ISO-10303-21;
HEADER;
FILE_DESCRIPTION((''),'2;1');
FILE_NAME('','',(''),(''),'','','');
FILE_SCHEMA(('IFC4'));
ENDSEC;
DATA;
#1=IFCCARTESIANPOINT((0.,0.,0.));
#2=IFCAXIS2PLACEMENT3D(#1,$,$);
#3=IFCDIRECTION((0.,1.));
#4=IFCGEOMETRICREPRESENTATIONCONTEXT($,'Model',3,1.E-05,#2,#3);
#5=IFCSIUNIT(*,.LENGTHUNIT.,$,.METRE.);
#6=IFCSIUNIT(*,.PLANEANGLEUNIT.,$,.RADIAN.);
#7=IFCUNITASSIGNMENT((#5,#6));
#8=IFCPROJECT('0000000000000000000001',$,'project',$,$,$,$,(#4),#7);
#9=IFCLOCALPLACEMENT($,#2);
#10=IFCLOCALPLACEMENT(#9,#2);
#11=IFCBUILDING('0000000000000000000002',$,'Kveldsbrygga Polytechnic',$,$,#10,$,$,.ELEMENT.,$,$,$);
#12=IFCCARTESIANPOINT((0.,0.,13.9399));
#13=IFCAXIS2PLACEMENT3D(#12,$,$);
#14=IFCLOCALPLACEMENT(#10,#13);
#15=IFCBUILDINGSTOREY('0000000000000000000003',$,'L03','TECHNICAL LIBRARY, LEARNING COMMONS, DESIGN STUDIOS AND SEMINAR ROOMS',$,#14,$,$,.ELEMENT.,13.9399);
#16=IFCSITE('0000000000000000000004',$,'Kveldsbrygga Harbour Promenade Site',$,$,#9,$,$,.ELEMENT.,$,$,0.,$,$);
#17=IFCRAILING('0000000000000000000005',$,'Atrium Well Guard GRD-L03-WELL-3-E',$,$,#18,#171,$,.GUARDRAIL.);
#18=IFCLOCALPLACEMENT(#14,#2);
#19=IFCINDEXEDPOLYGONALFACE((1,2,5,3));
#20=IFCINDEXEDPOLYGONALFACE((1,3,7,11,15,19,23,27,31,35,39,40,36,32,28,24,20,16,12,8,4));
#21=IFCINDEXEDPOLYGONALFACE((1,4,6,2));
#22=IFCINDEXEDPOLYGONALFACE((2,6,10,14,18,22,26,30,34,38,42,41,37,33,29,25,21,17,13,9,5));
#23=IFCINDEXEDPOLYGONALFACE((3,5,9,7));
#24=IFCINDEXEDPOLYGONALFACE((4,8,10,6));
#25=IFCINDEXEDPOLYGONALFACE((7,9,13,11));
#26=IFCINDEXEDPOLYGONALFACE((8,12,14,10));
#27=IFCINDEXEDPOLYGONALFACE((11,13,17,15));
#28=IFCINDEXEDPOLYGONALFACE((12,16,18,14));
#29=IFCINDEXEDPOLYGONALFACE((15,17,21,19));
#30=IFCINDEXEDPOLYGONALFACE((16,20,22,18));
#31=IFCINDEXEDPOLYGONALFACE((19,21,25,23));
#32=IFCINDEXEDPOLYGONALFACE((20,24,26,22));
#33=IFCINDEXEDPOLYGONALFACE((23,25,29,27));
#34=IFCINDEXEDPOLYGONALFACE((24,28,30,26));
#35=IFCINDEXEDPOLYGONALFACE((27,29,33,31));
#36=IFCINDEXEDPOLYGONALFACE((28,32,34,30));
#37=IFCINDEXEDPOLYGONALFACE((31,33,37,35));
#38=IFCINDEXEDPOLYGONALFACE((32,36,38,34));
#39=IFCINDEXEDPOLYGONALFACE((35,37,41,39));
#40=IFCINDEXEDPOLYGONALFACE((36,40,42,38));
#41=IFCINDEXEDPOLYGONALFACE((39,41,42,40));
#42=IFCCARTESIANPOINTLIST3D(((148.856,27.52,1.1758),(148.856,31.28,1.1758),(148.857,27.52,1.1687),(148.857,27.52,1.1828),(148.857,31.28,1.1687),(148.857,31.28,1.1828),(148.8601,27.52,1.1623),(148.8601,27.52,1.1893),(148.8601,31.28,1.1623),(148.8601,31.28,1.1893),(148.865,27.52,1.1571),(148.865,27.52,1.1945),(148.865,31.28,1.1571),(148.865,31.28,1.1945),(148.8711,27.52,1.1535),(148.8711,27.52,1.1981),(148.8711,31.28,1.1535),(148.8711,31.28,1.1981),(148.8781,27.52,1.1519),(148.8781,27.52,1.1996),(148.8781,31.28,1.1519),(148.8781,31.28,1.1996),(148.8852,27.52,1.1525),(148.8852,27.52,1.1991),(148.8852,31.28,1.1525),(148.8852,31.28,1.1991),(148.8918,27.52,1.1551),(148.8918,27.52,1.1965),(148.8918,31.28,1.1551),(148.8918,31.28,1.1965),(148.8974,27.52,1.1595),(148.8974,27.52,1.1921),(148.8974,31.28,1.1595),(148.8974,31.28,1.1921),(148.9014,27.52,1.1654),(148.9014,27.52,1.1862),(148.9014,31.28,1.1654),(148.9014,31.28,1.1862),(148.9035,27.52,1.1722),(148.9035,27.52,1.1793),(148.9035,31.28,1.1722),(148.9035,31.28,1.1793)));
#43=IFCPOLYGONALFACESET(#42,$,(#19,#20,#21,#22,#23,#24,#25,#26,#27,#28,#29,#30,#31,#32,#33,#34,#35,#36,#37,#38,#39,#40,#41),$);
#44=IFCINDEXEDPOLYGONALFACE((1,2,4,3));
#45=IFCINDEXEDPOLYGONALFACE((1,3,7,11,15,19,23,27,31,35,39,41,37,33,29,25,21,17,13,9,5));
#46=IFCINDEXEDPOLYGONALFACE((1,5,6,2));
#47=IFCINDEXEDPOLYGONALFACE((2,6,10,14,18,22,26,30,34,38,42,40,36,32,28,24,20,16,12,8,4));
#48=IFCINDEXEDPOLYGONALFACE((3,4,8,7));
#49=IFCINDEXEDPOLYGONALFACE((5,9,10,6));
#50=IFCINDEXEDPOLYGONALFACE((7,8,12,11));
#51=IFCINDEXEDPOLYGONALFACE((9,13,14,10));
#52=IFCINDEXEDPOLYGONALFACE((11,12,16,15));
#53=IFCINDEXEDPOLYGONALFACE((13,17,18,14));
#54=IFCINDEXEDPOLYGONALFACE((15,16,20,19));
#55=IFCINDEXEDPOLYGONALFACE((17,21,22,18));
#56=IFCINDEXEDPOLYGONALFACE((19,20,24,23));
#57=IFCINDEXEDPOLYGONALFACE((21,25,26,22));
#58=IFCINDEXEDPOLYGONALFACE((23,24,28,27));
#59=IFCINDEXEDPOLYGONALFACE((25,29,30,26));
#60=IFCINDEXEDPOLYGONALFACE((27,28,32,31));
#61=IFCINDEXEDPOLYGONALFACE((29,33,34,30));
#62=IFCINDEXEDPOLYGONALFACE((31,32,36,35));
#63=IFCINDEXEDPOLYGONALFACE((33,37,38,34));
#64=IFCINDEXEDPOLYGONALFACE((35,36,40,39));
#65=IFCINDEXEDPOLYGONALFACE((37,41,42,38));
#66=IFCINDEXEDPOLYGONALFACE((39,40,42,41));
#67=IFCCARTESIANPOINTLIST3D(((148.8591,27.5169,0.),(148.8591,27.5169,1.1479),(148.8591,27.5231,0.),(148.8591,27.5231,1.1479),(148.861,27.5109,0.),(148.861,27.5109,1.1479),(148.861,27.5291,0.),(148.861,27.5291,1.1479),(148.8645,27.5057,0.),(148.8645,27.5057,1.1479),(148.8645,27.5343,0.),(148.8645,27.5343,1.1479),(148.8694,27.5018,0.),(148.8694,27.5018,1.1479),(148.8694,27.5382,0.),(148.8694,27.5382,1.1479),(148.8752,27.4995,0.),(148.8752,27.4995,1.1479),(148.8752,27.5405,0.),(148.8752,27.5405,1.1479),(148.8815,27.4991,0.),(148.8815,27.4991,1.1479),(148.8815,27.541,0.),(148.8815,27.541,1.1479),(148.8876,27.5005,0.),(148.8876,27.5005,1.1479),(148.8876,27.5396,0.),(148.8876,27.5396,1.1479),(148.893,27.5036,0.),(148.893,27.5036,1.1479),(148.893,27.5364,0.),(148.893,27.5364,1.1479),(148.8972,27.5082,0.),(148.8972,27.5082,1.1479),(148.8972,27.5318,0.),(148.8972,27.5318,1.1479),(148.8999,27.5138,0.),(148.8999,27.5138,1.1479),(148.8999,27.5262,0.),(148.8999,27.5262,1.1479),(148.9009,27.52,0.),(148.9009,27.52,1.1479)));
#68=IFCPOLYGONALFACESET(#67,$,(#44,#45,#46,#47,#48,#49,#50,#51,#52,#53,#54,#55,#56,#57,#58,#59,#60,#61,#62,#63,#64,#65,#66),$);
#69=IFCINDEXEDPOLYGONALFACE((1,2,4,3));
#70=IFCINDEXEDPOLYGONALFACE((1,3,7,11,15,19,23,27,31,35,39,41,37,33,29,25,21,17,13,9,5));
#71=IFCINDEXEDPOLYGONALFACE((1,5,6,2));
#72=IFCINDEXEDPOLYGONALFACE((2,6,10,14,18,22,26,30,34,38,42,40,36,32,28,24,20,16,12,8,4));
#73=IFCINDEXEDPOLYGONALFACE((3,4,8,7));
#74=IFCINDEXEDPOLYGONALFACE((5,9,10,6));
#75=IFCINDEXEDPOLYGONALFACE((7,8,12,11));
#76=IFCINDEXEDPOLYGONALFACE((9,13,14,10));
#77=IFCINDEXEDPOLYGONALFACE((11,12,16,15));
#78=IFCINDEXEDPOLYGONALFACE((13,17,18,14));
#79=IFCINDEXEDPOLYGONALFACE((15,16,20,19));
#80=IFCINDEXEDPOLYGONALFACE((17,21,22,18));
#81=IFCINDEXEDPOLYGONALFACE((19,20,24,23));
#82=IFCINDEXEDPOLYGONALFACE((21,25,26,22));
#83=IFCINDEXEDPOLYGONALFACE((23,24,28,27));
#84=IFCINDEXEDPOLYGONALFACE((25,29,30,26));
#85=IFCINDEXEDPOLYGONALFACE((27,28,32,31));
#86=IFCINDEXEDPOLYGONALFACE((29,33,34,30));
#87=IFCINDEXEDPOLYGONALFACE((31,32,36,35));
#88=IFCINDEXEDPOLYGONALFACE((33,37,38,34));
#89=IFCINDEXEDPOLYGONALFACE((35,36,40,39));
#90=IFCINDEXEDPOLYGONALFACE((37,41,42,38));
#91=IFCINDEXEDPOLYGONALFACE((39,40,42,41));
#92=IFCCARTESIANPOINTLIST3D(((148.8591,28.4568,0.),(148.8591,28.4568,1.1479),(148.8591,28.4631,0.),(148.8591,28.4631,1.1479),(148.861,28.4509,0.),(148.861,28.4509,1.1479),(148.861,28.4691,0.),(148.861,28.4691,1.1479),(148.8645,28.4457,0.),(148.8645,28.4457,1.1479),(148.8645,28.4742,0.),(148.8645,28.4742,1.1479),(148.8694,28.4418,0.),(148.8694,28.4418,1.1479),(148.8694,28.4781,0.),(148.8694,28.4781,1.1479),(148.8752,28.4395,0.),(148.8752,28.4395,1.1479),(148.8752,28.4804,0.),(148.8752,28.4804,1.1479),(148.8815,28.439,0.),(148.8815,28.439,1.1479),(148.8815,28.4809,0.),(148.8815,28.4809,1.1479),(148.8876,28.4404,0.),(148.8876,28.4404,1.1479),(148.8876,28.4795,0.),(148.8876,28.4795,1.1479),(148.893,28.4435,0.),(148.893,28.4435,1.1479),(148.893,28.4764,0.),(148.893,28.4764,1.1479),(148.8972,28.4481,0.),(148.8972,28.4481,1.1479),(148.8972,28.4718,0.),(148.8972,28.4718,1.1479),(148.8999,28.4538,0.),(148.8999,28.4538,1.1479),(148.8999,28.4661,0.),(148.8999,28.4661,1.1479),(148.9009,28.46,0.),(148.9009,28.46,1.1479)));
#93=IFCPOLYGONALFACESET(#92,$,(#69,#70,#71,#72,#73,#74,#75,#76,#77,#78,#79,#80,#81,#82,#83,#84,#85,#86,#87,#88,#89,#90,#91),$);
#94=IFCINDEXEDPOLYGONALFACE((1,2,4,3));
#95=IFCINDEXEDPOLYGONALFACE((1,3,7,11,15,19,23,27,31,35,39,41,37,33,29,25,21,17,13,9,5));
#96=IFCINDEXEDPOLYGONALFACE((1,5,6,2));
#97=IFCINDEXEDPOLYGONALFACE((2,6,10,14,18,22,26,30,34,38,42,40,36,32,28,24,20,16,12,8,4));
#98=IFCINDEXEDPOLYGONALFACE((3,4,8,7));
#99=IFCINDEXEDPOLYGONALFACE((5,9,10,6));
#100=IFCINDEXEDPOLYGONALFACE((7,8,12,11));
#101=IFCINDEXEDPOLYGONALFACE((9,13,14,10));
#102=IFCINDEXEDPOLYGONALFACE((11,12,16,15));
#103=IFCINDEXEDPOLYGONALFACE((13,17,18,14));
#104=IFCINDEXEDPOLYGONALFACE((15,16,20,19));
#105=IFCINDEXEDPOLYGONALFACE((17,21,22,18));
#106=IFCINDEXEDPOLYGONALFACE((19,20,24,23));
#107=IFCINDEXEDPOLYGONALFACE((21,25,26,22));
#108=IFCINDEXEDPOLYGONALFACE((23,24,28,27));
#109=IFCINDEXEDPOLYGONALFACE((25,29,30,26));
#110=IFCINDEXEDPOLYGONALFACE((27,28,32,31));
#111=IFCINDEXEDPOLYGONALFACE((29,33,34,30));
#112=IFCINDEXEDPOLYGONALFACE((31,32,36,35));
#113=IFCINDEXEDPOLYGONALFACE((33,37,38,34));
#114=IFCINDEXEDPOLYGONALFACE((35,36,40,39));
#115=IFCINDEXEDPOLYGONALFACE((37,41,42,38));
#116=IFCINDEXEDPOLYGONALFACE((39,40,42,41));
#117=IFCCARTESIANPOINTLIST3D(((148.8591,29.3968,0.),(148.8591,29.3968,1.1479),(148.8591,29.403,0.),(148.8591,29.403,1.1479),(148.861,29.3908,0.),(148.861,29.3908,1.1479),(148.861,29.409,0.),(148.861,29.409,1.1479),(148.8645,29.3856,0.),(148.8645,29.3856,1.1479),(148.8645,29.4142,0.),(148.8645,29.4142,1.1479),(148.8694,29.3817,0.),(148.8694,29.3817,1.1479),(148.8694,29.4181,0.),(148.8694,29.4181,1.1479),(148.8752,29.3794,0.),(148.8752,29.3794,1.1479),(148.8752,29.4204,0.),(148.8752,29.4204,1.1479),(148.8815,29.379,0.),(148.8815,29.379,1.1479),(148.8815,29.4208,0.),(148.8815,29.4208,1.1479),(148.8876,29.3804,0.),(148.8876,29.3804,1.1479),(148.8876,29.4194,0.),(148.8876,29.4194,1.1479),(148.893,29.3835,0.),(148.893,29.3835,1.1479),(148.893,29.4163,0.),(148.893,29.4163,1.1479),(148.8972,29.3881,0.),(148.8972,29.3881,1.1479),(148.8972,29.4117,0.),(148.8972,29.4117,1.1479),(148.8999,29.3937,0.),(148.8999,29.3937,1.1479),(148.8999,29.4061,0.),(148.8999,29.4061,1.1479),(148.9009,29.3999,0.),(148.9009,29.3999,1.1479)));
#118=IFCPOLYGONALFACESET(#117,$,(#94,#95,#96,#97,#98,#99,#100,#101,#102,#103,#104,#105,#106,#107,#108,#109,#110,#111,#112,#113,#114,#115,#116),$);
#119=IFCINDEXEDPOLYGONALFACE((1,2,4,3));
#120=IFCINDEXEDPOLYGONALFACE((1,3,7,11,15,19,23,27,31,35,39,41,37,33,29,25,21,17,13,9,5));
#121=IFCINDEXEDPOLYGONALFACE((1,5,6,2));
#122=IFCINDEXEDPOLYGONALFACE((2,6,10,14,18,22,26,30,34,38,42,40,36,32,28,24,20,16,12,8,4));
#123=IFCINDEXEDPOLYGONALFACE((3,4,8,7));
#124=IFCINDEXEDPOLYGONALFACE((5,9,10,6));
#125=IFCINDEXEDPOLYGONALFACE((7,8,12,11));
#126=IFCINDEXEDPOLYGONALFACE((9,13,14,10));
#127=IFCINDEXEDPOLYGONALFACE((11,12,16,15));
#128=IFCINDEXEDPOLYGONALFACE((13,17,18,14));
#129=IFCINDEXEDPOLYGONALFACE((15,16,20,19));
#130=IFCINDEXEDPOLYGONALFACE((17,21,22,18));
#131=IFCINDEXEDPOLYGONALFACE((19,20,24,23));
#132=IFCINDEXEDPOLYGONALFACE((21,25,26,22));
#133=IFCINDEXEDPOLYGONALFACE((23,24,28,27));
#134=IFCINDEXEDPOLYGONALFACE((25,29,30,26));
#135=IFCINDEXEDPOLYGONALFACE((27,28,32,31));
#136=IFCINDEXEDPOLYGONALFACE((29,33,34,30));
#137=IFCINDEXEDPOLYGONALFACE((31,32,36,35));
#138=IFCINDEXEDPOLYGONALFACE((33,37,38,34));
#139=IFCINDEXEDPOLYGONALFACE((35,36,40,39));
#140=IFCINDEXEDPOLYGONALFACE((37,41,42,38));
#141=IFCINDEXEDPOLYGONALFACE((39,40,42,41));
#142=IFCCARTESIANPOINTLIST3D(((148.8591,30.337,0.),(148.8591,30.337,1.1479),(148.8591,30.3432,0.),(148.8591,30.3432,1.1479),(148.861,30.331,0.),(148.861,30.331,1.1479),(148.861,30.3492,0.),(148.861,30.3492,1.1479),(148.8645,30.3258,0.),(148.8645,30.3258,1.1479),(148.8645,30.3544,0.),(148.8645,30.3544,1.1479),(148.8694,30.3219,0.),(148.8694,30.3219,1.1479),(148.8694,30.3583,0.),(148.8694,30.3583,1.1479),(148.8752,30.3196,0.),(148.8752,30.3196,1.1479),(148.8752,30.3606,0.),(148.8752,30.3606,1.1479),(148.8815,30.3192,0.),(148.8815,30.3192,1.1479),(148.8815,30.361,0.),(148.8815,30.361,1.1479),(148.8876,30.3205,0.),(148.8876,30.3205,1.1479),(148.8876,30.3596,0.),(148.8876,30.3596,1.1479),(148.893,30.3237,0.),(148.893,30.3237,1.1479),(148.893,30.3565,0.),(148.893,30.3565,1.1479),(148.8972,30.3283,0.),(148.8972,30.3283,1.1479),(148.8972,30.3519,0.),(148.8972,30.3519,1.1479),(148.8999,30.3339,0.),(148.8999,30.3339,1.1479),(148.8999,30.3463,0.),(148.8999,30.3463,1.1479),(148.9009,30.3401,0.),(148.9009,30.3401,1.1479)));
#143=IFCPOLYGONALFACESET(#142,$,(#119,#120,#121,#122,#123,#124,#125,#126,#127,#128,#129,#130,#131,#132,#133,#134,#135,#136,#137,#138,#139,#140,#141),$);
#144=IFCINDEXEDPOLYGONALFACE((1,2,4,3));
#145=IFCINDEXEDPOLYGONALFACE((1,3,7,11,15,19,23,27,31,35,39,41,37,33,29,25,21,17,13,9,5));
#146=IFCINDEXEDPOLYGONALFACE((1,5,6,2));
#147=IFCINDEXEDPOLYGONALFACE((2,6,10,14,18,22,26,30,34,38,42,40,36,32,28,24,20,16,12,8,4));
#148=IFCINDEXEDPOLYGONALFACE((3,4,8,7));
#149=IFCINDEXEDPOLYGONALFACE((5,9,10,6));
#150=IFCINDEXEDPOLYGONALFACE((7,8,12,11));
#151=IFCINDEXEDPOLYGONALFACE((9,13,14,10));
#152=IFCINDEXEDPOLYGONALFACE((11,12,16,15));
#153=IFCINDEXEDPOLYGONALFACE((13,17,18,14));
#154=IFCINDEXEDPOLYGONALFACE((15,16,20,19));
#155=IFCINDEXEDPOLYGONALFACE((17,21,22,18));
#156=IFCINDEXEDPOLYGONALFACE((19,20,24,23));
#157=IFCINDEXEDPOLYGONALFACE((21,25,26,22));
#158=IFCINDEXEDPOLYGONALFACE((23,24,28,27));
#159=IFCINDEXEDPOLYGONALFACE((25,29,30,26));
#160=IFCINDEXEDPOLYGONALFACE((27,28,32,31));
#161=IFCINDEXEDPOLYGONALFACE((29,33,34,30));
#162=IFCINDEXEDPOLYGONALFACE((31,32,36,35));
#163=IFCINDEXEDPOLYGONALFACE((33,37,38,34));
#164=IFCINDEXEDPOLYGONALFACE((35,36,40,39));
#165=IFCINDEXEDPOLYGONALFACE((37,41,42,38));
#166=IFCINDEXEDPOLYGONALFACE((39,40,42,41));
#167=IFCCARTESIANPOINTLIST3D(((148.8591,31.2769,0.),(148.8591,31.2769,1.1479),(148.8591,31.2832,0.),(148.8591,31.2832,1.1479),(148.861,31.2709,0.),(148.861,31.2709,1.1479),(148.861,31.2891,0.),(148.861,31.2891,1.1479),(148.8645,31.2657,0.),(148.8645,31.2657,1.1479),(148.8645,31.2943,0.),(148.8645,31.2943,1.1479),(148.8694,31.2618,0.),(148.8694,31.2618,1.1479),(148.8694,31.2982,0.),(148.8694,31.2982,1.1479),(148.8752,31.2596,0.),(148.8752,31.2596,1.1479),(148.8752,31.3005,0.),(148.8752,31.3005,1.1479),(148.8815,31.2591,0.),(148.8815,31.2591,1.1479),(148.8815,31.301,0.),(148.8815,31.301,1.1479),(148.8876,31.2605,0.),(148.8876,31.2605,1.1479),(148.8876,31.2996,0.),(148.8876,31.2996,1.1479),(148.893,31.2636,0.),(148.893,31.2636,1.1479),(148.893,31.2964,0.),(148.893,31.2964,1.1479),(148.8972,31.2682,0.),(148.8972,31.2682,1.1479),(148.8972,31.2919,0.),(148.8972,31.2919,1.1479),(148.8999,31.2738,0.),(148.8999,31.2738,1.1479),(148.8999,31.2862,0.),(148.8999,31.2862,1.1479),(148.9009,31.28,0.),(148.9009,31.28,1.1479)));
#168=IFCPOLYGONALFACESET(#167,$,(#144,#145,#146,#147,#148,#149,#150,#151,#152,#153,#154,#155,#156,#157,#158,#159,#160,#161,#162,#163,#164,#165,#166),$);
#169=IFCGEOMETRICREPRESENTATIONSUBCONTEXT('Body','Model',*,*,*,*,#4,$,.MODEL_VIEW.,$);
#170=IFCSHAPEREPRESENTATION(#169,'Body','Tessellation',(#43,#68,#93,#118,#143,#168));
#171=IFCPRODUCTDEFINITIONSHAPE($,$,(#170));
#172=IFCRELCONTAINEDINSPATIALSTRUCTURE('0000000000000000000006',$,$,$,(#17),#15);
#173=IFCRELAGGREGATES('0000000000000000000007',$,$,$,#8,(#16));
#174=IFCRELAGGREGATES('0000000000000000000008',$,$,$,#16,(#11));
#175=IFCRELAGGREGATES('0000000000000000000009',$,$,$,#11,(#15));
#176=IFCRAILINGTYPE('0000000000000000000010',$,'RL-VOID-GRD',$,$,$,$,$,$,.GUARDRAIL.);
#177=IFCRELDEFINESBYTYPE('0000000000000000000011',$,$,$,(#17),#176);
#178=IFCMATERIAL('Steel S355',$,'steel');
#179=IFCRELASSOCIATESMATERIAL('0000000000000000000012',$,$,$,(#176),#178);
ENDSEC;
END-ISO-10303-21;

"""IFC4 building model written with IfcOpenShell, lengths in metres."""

from ifc_helpers import new_model, si_unit, direction, frame, origin, origin_2d, place, context, subcontext, project, spatial, circle, extrude, material, type_object, element, save


model = new_model("IFC4")

# Units and contexts
model_context = context("Model", 3, precision=1e-05, world=origin(), true_north=direction((0.0, 1.0)))
body_context = subcontext(model_context, "Body", "Model", "MODEL_VIEW")
ifc_project = project(units=[si_unit("LENGTHUNIT", "METRE"), si_unit("PLANEANGLEUNIT", "RADIAN")], contexts=[model_context])

# Site, building, storey
site_placement = place(None, origin())
site = spatial("IfcSite", under=ifc_project, at=site_placement, Name="Kveldsbrygga Harbour Promenade Site", CompositionType="ELEMENT", RefElevation=0.0)
building_placement = place(site_placement, origin())
building = spatial("IfcBuilding", under=site, at=building_placement, Name="Kveldsbrygga Polytechnic", CompositionType="ELEMENT")
storey_placement = place(building_placement, frame((0.0, 0.0, 13.9399)))
storey = spatial("IfcBuildingStorey", under=building, at=storey_placement, Name="L03", Description="TECHNICAL LIBRARY, LEARNING COMMONS, DESIGN STUDIOS AND SEMINAR ROOMS", CompositionType="ELEMENT", Elevation=13.9399)

# Shared definitions
ifc_material_1 = material(Name="Steel S355", Category="steel")

# Railing
railing_type = type_object("IfcRailingType", Name="RL-VOID-GRD", PredefinedType="GUARDRAIL", material=ifc_material_1)
railing_1_placement = place(storey_placement, frame((148.8799, 27.52, 0.0)))
element("IfcRailing", 1, at=railing_1_placement, inside=storey, type_object=railing_type, Name="Atrium Well Guard GRD-L03-WELL-3-E", PredefinedType="GUARDRAIL", context=body_context, shape_type="SweptSolid", body=[
    extrude(circle(Radius=0.0239, at=origin_2d()), frame((0.0, 0.0, 1.1758), z_axis=(0.0, 1.0, 0.0), x_axis=(-1.0, 0.0, 0.0)), (0.0, 0.0, 1.0), 3.76),
    extrude(circle(Radius=0.021, at=origin_2d()), origin(), (0.0, 0.0, 1.0), 1.1479),
    extrude(circle(Radius=0.021, at=origin_2d()), frame((0.0, 0.9399, 0.0)), (0.0, 0.0, 1.0), 1.1479),
    extrude(circle(Radius=0.021, at=origin_2d()), frame((0.0, 1.8799, 0.0)), (0.0, 0.0, 1.0), 1.1479),
    extrude(circle(Radius=0.021, at=origin_2d()), frame((0.0, 2.8201, 0.0)), (0.0, 0.0, 1.0), 1.1479),
    extrude(circle(Radius=0.021, at=origin_2d()), frame((0.0, 3.76, 0.0)), (0.0, 0.0, 1.0), 1.1479),
])

save(model, "model.ifc")
